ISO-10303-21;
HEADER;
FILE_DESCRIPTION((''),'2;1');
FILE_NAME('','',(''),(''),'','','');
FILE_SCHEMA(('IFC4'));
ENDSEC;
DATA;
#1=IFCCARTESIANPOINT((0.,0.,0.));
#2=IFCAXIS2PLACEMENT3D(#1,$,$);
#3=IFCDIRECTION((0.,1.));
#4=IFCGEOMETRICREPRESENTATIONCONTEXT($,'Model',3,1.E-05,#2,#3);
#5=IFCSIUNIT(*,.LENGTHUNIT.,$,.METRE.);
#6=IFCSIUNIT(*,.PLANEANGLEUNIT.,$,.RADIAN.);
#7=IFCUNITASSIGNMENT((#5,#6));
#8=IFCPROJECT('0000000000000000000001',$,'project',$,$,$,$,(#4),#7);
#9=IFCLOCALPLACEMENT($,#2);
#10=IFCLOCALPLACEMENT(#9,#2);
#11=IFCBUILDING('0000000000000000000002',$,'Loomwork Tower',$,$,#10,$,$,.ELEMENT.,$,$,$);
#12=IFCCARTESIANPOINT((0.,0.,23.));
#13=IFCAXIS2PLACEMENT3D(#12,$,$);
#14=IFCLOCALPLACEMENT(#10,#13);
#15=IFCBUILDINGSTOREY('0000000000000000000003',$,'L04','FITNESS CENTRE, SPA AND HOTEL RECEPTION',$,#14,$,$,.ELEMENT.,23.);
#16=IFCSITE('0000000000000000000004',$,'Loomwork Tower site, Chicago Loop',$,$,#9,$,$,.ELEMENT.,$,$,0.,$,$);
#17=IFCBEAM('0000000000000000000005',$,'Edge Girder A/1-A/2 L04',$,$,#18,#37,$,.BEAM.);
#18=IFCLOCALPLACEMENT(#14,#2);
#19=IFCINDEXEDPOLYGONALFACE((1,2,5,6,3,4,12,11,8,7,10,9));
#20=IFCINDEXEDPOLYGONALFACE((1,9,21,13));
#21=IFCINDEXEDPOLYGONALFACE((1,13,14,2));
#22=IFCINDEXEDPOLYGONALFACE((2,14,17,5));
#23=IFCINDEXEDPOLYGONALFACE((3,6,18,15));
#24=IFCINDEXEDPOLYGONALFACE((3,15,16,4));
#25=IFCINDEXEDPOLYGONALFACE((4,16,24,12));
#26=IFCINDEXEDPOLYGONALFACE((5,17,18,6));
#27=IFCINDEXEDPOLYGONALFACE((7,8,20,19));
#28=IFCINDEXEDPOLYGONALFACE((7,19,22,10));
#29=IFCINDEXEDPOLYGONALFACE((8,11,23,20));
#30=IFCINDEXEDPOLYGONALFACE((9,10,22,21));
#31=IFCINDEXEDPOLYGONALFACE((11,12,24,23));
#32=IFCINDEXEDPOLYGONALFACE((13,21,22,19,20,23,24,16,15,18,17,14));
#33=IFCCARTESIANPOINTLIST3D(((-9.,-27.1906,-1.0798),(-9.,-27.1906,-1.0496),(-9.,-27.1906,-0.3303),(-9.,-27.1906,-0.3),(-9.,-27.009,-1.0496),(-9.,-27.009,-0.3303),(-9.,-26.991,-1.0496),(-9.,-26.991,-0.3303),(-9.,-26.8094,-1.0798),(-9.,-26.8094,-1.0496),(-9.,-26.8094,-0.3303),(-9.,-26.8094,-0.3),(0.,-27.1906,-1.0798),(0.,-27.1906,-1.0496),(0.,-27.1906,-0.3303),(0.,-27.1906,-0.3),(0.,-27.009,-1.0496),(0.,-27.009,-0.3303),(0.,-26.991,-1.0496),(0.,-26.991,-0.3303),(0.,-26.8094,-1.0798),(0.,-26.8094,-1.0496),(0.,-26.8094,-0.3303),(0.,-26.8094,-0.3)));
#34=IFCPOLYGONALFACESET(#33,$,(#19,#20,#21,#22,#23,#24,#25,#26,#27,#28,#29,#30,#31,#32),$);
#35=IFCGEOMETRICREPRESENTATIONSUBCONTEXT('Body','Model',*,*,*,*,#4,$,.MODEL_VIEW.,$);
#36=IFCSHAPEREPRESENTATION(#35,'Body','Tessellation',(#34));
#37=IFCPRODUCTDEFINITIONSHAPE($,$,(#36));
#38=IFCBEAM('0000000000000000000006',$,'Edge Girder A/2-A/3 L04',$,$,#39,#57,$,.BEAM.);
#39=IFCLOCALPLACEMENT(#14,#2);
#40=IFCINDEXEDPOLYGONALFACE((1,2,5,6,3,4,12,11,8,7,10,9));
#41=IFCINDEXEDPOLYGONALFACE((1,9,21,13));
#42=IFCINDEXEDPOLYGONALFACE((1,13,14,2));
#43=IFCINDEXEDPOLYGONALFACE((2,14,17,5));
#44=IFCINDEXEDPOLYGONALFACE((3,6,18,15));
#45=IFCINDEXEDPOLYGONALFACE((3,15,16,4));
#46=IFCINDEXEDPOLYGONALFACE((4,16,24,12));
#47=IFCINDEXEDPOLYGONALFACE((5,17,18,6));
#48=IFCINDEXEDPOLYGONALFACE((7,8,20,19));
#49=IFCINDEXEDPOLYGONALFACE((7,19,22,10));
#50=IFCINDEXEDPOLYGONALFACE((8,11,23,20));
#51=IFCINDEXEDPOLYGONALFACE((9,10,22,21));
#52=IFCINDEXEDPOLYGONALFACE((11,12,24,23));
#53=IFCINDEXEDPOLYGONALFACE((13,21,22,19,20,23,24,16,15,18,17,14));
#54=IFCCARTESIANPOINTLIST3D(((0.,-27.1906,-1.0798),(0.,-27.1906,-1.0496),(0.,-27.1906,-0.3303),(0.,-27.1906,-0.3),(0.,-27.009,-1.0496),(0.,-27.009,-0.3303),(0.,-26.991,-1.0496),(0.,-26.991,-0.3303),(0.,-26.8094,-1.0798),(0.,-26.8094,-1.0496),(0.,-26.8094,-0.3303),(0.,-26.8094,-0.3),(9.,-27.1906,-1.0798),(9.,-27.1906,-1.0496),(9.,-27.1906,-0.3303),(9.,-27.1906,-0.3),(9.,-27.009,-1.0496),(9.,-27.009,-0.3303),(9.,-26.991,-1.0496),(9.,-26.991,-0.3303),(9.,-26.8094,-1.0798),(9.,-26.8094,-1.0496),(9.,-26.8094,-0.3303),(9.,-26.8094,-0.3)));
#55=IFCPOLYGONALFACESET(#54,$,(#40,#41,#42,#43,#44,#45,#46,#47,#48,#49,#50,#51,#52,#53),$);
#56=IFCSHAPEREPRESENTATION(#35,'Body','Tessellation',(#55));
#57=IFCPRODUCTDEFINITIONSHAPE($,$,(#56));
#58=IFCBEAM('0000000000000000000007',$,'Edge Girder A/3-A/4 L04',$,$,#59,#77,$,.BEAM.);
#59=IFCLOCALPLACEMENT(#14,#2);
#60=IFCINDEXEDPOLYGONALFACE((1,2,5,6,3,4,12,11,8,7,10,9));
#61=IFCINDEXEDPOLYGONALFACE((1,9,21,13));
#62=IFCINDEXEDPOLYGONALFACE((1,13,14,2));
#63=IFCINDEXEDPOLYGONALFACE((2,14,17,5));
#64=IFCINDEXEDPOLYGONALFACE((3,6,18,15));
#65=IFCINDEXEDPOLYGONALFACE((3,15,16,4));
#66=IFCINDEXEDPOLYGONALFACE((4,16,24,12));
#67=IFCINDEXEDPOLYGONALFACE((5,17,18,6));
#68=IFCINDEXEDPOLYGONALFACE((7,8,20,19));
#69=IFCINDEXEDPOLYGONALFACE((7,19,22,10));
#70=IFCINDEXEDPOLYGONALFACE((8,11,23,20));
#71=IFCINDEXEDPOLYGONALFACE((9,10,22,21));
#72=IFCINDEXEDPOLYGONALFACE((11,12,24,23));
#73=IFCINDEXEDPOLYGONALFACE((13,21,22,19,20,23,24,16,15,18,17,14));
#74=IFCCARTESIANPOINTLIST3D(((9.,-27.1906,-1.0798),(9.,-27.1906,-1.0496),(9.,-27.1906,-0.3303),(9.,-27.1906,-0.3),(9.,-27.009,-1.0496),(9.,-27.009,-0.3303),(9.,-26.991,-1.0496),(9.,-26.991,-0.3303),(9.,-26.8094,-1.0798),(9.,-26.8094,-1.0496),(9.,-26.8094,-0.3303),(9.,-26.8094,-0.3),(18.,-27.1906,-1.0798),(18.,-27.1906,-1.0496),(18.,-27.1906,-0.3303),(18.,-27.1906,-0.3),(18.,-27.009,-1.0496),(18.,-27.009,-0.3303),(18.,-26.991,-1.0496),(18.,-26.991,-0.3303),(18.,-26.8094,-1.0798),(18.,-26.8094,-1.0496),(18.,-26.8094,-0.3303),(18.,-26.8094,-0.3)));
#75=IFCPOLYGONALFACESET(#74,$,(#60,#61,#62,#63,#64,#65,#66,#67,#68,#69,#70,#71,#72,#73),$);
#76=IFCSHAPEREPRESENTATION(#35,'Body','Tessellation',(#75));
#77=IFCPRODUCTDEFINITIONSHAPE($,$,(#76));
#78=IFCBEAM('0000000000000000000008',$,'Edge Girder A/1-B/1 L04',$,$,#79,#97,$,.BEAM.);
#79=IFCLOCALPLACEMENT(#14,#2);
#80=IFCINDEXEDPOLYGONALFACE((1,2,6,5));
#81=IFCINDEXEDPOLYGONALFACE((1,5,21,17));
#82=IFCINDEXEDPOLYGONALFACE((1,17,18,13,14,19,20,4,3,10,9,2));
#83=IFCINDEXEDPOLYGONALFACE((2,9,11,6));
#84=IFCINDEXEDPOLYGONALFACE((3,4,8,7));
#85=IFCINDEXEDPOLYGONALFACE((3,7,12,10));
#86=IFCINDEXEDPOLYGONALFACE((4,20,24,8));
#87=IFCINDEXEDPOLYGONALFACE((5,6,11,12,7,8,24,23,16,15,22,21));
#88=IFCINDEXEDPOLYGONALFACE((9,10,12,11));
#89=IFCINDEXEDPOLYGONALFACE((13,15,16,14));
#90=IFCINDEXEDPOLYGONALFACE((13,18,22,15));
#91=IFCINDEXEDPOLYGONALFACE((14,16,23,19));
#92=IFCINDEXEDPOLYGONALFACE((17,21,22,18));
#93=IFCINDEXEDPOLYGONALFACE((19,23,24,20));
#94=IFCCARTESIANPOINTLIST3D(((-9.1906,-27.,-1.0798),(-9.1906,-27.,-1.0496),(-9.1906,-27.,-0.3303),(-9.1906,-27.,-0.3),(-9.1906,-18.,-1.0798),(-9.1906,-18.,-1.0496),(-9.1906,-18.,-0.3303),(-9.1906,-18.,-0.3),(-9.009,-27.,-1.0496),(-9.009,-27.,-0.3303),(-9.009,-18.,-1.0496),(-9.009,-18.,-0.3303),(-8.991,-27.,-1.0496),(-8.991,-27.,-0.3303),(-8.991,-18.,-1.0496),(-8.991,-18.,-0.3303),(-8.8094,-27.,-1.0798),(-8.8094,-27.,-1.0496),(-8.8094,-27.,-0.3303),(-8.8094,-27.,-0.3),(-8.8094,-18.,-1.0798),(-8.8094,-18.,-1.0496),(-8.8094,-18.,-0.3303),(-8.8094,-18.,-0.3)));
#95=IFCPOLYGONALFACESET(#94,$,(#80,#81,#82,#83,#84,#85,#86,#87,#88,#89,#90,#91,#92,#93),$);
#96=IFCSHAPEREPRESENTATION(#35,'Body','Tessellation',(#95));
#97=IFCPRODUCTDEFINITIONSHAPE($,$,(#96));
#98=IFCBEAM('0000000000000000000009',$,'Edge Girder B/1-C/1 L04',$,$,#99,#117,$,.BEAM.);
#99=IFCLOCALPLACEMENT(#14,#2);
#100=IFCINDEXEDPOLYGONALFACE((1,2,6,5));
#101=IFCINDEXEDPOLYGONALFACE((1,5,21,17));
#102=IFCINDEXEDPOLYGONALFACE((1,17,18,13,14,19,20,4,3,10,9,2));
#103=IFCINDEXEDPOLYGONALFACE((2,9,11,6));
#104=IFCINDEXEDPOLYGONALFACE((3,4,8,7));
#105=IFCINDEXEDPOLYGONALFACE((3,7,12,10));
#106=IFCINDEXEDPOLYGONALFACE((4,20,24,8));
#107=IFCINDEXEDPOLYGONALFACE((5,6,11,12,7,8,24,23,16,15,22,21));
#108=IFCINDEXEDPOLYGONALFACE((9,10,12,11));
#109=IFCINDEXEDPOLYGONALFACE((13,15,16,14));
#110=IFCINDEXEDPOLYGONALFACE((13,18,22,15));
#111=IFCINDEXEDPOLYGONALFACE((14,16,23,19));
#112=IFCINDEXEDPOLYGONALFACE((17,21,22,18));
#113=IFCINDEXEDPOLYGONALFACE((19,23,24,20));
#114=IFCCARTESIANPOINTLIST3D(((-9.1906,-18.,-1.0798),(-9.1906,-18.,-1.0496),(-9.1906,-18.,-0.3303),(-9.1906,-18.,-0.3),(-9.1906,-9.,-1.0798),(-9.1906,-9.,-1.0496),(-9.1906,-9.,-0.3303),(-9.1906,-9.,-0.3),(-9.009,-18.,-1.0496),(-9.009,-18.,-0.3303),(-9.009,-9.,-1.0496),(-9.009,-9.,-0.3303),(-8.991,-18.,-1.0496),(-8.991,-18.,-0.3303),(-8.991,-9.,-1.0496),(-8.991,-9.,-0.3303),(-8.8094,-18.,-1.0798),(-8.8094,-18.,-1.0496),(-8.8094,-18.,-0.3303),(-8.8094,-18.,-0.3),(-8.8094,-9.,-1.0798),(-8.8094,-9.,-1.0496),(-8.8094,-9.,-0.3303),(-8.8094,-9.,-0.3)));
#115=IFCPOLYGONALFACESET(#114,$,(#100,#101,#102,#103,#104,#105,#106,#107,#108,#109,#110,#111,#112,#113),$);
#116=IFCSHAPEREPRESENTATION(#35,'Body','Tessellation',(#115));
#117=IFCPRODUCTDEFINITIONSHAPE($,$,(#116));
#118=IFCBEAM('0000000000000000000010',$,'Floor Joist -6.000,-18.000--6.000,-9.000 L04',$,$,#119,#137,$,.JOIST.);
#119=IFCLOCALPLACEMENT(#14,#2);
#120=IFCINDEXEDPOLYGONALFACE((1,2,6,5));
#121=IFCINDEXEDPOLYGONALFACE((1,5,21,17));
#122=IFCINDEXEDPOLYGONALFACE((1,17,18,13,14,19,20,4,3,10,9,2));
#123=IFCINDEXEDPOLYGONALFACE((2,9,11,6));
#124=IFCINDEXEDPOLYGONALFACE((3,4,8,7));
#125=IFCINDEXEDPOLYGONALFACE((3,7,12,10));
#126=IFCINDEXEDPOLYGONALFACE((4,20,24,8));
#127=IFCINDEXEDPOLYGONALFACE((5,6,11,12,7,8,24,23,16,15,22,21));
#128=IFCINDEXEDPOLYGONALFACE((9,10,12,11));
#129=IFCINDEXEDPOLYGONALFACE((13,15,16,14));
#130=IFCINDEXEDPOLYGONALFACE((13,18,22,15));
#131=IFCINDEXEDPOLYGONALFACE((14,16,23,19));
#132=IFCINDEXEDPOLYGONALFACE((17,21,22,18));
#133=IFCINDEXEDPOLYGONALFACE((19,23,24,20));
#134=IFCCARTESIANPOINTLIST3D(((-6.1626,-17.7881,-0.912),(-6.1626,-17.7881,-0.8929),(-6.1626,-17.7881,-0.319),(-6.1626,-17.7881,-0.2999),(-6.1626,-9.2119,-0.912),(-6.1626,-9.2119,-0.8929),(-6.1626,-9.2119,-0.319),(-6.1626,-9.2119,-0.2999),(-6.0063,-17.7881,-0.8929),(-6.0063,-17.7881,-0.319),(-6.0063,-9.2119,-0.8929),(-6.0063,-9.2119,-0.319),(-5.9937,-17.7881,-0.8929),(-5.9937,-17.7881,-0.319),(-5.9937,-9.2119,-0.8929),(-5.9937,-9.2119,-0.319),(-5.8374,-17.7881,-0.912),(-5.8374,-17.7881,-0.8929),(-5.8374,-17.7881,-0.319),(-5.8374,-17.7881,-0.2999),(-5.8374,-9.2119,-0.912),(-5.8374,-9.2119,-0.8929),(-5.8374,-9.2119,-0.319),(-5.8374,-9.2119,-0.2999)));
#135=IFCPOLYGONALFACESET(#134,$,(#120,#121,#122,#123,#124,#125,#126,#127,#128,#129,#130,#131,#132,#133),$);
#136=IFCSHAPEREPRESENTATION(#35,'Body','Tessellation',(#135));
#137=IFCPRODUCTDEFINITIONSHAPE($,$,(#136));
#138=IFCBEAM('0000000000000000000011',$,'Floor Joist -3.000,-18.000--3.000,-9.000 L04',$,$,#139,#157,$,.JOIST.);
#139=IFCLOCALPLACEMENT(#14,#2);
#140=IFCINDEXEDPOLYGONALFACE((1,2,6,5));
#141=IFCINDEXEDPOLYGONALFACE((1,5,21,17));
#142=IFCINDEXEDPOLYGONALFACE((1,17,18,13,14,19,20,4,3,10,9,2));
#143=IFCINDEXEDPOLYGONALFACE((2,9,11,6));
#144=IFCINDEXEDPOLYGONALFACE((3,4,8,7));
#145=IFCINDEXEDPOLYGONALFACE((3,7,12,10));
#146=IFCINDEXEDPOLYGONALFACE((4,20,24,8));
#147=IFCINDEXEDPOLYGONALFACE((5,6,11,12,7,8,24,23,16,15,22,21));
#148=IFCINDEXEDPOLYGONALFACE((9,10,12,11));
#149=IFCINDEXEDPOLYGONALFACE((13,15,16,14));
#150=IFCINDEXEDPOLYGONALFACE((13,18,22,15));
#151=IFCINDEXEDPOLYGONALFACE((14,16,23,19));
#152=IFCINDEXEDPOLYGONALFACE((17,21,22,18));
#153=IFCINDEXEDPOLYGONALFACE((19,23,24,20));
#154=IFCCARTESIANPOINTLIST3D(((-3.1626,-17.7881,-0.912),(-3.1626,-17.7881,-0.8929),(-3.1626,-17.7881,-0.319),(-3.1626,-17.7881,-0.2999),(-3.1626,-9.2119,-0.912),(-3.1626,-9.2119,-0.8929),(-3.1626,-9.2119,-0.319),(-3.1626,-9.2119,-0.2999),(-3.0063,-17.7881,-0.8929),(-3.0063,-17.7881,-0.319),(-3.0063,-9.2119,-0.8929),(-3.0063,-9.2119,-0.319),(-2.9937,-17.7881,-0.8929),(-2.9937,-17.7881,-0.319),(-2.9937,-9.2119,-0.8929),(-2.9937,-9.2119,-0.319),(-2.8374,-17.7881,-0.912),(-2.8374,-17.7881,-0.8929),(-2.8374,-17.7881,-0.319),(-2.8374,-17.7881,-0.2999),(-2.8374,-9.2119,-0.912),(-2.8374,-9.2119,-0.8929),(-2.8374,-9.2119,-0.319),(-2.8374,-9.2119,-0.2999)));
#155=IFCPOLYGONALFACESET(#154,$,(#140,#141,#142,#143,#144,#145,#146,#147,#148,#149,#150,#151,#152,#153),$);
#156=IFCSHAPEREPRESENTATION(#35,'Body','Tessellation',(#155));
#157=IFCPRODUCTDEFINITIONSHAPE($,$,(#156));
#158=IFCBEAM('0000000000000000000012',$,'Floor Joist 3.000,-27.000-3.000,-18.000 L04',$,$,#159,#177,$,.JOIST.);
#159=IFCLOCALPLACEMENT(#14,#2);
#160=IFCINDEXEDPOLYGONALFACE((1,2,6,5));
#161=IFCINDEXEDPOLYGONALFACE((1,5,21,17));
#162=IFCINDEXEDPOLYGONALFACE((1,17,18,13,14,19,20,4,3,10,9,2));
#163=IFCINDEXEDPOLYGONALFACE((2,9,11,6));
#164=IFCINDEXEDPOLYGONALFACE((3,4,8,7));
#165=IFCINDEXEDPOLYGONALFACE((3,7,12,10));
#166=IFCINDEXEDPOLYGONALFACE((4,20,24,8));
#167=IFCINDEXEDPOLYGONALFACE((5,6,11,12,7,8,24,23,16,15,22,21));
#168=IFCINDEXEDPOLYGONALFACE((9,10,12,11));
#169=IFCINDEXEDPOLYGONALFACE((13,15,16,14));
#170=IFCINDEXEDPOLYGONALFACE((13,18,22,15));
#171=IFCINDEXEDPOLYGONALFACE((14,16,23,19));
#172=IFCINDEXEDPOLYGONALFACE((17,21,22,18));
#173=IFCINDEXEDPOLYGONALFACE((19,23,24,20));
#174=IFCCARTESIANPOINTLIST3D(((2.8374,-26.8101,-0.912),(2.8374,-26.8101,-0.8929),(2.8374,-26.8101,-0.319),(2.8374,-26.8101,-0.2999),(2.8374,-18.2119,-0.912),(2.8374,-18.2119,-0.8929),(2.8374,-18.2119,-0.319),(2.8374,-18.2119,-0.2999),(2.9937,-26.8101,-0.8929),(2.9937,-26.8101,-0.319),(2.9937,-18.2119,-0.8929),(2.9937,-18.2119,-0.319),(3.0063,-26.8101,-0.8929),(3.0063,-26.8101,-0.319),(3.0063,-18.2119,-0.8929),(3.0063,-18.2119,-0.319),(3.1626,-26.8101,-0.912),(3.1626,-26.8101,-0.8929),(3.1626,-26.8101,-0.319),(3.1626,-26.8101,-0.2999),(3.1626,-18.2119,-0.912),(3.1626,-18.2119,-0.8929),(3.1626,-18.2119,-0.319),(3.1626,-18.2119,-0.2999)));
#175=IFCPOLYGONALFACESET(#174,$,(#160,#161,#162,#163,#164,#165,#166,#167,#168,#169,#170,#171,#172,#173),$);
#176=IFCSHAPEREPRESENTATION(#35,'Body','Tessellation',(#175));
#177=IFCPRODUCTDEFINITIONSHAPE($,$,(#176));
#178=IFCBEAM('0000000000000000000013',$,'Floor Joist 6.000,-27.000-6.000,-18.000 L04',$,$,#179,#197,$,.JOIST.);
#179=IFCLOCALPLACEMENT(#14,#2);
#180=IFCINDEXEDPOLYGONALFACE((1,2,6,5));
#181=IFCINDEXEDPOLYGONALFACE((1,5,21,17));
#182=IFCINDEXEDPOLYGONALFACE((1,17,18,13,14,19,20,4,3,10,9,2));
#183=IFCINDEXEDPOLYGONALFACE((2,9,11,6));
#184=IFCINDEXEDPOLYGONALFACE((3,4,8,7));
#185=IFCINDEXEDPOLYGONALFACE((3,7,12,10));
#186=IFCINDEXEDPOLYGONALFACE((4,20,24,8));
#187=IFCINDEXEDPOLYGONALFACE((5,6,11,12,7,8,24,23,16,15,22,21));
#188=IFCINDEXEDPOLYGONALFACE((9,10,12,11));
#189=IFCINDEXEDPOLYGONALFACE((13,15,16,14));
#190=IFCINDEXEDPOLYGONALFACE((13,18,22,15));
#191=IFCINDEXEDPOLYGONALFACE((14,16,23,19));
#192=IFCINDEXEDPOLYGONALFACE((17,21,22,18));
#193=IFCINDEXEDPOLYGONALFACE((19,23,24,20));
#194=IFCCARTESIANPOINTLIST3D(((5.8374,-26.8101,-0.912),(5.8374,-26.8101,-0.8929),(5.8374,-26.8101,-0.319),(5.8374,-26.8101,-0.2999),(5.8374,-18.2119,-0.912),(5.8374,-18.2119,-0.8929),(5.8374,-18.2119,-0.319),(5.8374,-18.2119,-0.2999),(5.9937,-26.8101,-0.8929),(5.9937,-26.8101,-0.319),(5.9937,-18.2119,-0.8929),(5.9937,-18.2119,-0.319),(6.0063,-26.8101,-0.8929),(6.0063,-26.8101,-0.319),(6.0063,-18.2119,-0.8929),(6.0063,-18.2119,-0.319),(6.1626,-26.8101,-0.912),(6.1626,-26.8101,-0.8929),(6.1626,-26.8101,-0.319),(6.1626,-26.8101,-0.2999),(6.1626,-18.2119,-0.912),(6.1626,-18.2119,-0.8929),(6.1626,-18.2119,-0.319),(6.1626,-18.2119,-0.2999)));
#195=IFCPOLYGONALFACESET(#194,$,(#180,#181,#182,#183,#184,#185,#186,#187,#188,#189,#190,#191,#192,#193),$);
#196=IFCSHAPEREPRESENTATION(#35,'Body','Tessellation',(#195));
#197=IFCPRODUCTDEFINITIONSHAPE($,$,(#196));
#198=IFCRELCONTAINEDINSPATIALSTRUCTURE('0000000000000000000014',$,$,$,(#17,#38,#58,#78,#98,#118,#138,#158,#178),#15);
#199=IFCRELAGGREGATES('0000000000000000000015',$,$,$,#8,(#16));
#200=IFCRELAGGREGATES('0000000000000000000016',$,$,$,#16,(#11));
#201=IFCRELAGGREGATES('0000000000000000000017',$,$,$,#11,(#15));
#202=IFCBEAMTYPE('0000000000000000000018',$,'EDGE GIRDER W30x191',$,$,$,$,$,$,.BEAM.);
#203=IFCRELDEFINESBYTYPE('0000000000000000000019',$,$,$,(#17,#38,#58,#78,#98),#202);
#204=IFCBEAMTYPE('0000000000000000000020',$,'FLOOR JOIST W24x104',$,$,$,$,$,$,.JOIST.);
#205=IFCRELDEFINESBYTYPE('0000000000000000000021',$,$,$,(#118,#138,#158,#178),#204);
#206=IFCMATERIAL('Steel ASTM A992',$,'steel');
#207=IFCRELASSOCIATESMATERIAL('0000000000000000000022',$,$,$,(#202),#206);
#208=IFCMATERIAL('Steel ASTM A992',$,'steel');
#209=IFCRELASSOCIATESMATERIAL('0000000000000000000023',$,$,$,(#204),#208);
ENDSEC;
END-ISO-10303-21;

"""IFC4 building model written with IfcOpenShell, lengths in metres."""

from ifc_helpers import new_model, si_unit, direction, frame, origin, origin_2d, place, context, subcontext, project, spatial, i_section, extrude, material, material_profile, profile_set, type_object, element, save


model = new_model("IFC4")

# Units and contexts
model_context = context("Model", 3, precision=1e-05, world=origin(), true_north=direction((0.0, 1.0)))
body_context = subcontext(model_context, "Body", "Model", "MODEL_VIEW")
ifc_project = project(units=[si_unit("LENGTHUNIT", "METRE"), si_unit("PLANEANGLEUNIT", "RADIAN")], contexts=[model_context])

# Site, building, storey
site_placement = place(None, origin())
site = spatial("IfcSite", under=ifc_project, at=site_placement, Name="Loomwork Tower site, Chicago Loop", CompositionType="ELEMENT", RefElevation=0.0)
building_placement = place(site_placement, origin())
building = spatial("IfcBuilding", under=site, at=building_placement, Name="Loomwork Tower", CompositionType="ELEMENT")
storey_placement = place(building_placement, frame((0.0, 0.0, 23.0)))
storey = spatial("IfcBuildingStorey", under=building, at=storey_placement, Name="L04", Description="FITNESS CENTRE, SPA AND HOTEL RECEPTION", CompositionType="ELEMENT", Elevation=23.0)

# Beams
ifc_material_1 = material(Name="Steel ASTM A992", Category="steel")
ifc_material_profile_1 = material_profile(ifc_material_1, i_section(OverallWidth=0.3811, OverallDepth=0.7798, WebThickness=0.0181, FlangeThickness=0.0303, at=origin_2d()), Name="W30x191")
ifc_profile_set_1 = profile_set([ifc_material_profile_1], Name="Steel ASTM A992")
beam_type_1 = type_object("IfcBeamType", Name="EDGE GIRDER W30x191", PredefinedType="BEAM", material=ifc_profile_set_1)
for number, where, z_axis, x_axis, name in (
    (1, (-9.0, -27.0, -0.6899), (1.0, 0.0, 0.0), (0.0, 1.0, 0.0), "Edge Girder A/1-A/2 L04"),
    (2, (0.0, -27.0, -0.6899), (1.0, 0.0, 0.0), (0.0, 1.0, 0.0), "Edge Girder A/2-A/3 L04"),
    (3, (9.0, -27.0, -0.6899), (1.0, 0.0, 0.0), (0.0, 1.0, 0.0), "Edge Girder A/3-A/4 L04"),
    (4, (-9.0, -27.0, -0.6899), (0.0, 1.0, 0.0), (-1.0, 0.0, 0.0), "Edge Girder A/1-B/1 L04"),
    (5, (-9.0, -18.0, -0.6899), (0.0, 1.0, 0.0), (-1.0, 0.0, 0.0), "Edge Girder B/1-C/1 L04"),
):
    element("IfcBeam", number, at=place(storey_placement, frame(where, z_axis=z_axis, x_axis=x_axis)), inside=storey, type_object=beam_type_1, Name=name, PredefinedType="BEAM", context=body_context, shape_type="SweptSolid", body=[
        extrude(i_section(OverallWidth=0.3811, OverallDepth=0.7798, WebThickness=0.0181, FlangeThickness=0.0303, at=origin_2d()), origin(), (0.0, 0.0, 1.0), 9.0),
    ])
ifc_material_2 = material(Name="Steel ASTM A992", Category="steel")
ifc_material_profile_2 = material_profile(ifc_material_2, i_section(OverallWidth=0.3252, OverallDepth=0.6121, WebThickness=0.0127, FlangeThickness=0.019, at=origin_2d()), Name="W24x104")
ifc_profile_set_2 = profile_set([ifc_material_profile_2], Name="Steel ASTM A992")
beam_type_2 = type_object("IfcBeamType", Name="FLOOR JOIST W24x104", PredefinedType="JOIST", material=ifc_profile_set_2)
for number, where, z_axis, x_axis, name in (
    (6, (-6.0, -17.7881, -0.606), (0.0, 1.0, 0.0), (-1.0, 0.0, 0.0), "Floor Joist -6.000,-18.000--6.000,-9.000 L04"),
    (7, (-3.0, -17.7881, -0.606), (0.0, 1.0, 0.0), (-1.0, 0.0, 0.0), "Floor Joist -3.000,-18.000--3.000,-9.000 L04"),
):
    element("IfcBeam", number, at=place(storey_placement, frame(where, z_axis=z_axis, x_axis=x_axis)), inside=storey, type_object=beam_type_2, Name=name, PredefinedType="JOIST", context=body_context, shape_type="SweptSolid", body=[
        extrude(i_section(OverallWidth=0.3252, OverallDepth=0.6121, WebThickness=0.0127, FlangeThickness=0.019, at=origin_2d()), origin(), (0.0, 0.0, 1.0), 8.5762),
    ])
for number, where, z_axis, x_axis, name in (
    (8, (3.0, -26.8101, -0.606), (0.0, 1.0, 0.0), (-1.0, 0.0, 0.0), "Floor Joist 3.000,-27.000-3.000,-18.000 L04"),
    (9, (6.0, -26.8101, -0.606), (0.0, 1.0, 0.0), (-1.0, 0.0, 0.0), "Floor Joist 6.000,-27.000-6.000,-18.000 L04"),
):
    element("IfcBeam", number, at=place(storey_placement, frame(where, z_axis=z_axis, x_axis=x_axis)), inside=storey, type_object=beam_type_2, Name=name, PredefinedType="JOIST", context=body_context, shape_type="SweptSolid", body=[
        extrude(i_section(OverallWidth=0.3252, OverallDepth=0.6121, WebThickness=0.0127, FlangeThickness=0.019, at=origin_2d()), origin(), (0.0, 0.0, 1.0), 8.5981),
    ])

save(model, "model.ifc")
